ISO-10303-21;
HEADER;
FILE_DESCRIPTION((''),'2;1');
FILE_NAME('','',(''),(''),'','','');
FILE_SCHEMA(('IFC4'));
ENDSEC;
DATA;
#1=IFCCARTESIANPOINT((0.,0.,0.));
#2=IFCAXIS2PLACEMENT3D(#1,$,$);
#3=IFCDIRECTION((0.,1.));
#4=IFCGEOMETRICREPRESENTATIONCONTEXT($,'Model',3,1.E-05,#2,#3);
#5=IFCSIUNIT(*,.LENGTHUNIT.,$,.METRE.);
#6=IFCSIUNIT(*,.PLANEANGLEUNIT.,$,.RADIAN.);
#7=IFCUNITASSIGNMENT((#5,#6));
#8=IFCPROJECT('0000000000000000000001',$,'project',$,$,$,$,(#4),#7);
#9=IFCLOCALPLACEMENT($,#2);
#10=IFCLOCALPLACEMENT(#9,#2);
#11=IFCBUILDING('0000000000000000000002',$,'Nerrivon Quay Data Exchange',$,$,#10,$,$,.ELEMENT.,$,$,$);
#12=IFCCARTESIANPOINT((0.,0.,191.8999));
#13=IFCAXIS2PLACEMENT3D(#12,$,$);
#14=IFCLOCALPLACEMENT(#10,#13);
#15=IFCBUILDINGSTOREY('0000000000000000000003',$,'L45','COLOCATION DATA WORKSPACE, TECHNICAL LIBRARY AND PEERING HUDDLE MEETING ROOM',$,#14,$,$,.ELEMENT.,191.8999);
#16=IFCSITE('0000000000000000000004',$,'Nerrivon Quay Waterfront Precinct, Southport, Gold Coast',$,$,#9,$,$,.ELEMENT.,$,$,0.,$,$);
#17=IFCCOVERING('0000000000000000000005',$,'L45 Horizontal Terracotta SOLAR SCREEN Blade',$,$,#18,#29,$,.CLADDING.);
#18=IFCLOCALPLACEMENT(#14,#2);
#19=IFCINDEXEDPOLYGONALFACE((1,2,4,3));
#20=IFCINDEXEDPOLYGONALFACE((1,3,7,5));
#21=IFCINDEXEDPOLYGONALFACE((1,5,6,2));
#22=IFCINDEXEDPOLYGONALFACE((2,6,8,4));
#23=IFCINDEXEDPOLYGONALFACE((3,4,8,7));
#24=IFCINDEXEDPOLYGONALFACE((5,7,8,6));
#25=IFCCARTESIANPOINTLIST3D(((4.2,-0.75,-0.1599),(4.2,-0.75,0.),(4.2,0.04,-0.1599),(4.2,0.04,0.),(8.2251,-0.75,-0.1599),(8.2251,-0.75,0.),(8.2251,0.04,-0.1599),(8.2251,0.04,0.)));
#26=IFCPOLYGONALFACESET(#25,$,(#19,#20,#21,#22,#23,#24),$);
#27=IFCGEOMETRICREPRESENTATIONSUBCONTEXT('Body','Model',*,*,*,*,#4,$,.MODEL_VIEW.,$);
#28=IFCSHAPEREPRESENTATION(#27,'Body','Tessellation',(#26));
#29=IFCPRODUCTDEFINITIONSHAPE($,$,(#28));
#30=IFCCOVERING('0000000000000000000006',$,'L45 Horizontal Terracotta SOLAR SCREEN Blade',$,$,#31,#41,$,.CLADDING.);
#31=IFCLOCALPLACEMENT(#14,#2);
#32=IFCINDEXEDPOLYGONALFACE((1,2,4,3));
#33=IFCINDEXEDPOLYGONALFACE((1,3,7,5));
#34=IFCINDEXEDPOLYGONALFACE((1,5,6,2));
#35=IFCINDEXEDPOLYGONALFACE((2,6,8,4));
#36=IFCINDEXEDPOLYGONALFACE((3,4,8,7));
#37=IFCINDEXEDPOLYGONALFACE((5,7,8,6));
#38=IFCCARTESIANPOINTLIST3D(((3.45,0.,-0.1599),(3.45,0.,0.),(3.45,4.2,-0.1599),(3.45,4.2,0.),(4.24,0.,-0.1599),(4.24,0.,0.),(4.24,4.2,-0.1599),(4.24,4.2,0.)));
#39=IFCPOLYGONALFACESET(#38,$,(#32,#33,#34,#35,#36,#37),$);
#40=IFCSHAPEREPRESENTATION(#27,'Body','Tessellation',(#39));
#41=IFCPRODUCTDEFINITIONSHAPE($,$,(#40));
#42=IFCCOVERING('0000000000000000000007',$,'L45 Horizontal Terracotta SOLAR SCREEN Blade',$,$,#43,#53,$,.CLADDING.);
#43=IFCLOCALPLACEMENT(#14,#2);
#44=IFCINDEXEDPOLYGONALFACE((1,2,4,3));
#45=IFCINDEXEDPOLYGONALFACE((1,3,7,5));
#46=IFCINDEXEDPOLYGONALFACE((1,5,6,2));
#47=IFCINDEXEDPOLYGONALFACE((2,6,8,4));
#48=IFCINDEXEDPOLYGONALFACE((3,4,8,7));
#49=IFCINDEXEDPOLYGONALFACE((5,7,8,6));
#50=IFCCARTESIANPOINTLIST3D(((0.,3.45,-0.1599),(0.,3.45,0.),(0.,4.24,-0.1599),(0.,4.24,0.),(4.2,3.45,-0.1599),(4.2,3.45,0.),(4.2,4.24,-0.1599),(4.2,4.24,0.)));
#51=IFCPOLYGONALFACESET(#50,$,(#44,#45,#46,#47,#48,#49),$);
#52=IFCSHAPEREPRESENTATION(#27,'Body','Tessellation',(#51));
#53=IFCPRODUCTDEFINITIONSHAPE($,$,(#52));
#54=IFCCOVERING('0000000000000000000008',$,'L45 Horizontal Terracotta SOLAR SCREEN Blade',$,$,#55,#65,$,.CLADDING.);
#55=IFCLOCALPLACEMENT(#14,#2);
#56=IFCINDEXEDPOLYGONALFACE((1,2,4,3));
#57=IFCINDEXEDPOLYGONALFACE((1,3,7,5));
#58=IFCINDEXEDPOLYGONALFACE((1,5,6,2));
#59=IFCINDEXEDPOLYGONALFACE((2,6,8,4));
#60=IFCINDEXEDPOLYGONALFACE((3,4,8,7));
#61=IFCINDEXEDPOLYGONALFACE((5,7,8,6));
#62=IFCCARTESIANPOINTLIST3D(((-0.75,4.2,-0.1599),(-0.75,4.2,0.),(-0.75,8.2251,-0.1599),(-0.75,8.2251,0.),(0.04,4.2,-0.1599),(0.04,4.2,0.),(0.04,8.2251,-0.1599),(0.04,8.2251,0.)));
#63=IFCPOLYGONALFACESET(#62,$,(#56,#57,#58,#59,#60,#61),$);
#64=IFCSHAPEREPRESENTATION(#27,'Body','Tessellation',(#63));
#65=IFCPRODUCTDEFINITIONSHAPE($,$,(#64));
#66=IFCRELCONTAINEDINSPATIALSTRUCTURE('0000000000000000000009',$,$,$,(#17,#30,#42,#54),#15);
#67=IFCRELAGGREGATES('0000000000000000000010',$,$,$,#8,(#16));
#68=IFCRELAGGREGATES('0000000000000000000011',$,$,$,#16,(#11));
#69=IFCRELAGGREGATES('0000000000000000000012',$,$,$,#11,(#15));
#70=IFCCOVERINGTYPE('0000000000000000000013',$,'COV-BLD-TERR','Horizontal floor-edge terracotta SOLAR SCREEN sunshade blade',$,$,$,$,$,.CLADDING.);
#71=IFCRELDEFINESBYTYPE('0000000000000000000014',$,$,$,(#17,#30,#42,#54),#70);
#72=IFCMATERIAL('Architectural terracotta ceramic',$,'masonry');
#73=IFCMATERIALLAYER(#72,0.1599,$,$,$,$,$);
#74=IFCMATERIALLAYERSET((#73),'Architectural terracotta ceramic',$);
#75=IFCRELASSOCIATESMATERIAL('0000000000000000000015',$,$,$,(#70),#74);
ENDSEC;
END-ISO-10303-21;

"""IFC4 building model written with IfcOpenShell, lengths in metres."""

from ifc_helpers import new_model, si_unit, direction, frame, origin, place, context, subcontext, project, spatial, polyline, outline, extrude, material, layer, layer_set, type_object, element, save


model = new_model("IFC4")

# Units and contexts
model_context = context("Model", 3, precision=1e-05, world=origin(), true_north=direction((0.0, 1.0)))
body_context = subcontext(model_context, "Body", "Model", "MODEL_VIEW")
ifc_project = project(units=[si_unit("LENGTHUNIT", "METRE"), si_unit("PLANEANGLEUNIT", "RADIAN")], contexts=[model_context])

# Site, building, storey
site_placement = place(None, origin())
site = spatial("IfcSite", under=ifc_project, at=site_placement, Name="Nerrivon Quay Waterfront Precinct, Southport, Gold Coast", CompositionType="ELEMENT", RefElevation=0.0)
building_placement = place(site_placement, origin())
building = spatial("IfcBuilding", under=site, at=building_placement, Name="Nerrivon Quay Data Exchange", CompositionType="ELEMENT")
storey_placement = place(building_placement, frame((0.0, 0.0, 191.8999)))
storey = spatial("IfcBuildingStorey", under=building, at=storey_placement, Name="L45", Description="COLOCATION DATA WORKSPACE, TECHNICAL LIBRARY AND PEERING HUDDLE MEETING ROOM", CompositionType="ELEMENT", Elevation=191.8999)

# Coverings
ifc_material_1 = material(Name="Architectural terracotta ceramic", Category="masonry")
ifc_layer_1 = layer(ifc_material_1, 0.1599)
ifc_layer_set_1 = layer_set([ifc_layer_1], Name="Architectural terracotta ceramic")
covering_type = type_object("IfcCoveringType", Name="COV-BLD-TERR", Description="Horizontal floor-edge terracotta SOLAR SCREEN sunshade blade", PredefinedType="CLADDING", material=ifc_layer_set_1)
covering_1_placement = place(storey_placement, frame((0.0, 0.0, -0.1599)))
element("IfcCovering", 1, at=covering_1_placement, inside=storey, type_object=covering_type, Name="L45 Horizontal Terracotta SOLAR SCREEN Blade", PredefinedType="CLADDING", context=body_context, shape_type="SweptSolid", body=[
    extrude(outline(polyline([(8.2251, 0.04), (4.2, 0.04), (4.2, -0.75), (8.2251, -0.75), (8.2251, 0.04)])), origin(), (0.0, 0.0, 1.0), 0.1599),
])
covering_2_placement = place(storey_placement, frame((0.0, 0.0, -0.1599)))
element("IfcCovering", 2, at=covering_2_placement, inside=storey, type_object=covering_type, Name="L45 Horizontal Terracotta SOLAR SCREEN Blade", PredefinedType="CLADDING", context=body_context, shape_type="SweptSolid", body=[
    extrude(outline(polyline([(4.24, 0.0), (4.24, 4.2), (3.45, 4.2), (3.45, 0.0), (4.24, 0.0)])), origin(), (0.0, 0.0, 1.0), 0.1599),
])
covering_3_placement = place(storey_placement, frame((0.0, 0.0, -0.1599)))
element("IfcCovering", 3, at=covering_3_placement, inside=storey, type_object=covering_type, Name="L45 Horizontal Terracotta SOLAR SCREEN Blade", PredefinedType="CLADDING", context=body_context, shape_type="SweptSolid", body=[
    extrude(outline(polyline([(4.2, 4.24), (0.0, 4.24), (0.0, 3.45), (4.2, 3.45), (4.2, 4.24)])), origin(), (0.0, 0.0, 1.0), 0.1599),
])
covering_4_placement = place(storey_placement, frame((0.0, 0.0, -0.1599)))
element("IfcCovering", 4, at=covering_4_placement, inside=storey, type_object=covering_type, Name="L45 Horizontal Terracotta SOLAR SCREEN Blade", PredefinedType="CLADDING", context=body_context, shape_type="SweptSolid", body=[
    extrude(outline(polyline([(0.04, 4.2), (0.04, 8.2251), (-0.75, 8.2251), (-0.75, 4.2), (0.04, 4.2)])), origin(), (0.0, 0.0, 1.0), 0.1599),
])

save(model, "model.ifc")
